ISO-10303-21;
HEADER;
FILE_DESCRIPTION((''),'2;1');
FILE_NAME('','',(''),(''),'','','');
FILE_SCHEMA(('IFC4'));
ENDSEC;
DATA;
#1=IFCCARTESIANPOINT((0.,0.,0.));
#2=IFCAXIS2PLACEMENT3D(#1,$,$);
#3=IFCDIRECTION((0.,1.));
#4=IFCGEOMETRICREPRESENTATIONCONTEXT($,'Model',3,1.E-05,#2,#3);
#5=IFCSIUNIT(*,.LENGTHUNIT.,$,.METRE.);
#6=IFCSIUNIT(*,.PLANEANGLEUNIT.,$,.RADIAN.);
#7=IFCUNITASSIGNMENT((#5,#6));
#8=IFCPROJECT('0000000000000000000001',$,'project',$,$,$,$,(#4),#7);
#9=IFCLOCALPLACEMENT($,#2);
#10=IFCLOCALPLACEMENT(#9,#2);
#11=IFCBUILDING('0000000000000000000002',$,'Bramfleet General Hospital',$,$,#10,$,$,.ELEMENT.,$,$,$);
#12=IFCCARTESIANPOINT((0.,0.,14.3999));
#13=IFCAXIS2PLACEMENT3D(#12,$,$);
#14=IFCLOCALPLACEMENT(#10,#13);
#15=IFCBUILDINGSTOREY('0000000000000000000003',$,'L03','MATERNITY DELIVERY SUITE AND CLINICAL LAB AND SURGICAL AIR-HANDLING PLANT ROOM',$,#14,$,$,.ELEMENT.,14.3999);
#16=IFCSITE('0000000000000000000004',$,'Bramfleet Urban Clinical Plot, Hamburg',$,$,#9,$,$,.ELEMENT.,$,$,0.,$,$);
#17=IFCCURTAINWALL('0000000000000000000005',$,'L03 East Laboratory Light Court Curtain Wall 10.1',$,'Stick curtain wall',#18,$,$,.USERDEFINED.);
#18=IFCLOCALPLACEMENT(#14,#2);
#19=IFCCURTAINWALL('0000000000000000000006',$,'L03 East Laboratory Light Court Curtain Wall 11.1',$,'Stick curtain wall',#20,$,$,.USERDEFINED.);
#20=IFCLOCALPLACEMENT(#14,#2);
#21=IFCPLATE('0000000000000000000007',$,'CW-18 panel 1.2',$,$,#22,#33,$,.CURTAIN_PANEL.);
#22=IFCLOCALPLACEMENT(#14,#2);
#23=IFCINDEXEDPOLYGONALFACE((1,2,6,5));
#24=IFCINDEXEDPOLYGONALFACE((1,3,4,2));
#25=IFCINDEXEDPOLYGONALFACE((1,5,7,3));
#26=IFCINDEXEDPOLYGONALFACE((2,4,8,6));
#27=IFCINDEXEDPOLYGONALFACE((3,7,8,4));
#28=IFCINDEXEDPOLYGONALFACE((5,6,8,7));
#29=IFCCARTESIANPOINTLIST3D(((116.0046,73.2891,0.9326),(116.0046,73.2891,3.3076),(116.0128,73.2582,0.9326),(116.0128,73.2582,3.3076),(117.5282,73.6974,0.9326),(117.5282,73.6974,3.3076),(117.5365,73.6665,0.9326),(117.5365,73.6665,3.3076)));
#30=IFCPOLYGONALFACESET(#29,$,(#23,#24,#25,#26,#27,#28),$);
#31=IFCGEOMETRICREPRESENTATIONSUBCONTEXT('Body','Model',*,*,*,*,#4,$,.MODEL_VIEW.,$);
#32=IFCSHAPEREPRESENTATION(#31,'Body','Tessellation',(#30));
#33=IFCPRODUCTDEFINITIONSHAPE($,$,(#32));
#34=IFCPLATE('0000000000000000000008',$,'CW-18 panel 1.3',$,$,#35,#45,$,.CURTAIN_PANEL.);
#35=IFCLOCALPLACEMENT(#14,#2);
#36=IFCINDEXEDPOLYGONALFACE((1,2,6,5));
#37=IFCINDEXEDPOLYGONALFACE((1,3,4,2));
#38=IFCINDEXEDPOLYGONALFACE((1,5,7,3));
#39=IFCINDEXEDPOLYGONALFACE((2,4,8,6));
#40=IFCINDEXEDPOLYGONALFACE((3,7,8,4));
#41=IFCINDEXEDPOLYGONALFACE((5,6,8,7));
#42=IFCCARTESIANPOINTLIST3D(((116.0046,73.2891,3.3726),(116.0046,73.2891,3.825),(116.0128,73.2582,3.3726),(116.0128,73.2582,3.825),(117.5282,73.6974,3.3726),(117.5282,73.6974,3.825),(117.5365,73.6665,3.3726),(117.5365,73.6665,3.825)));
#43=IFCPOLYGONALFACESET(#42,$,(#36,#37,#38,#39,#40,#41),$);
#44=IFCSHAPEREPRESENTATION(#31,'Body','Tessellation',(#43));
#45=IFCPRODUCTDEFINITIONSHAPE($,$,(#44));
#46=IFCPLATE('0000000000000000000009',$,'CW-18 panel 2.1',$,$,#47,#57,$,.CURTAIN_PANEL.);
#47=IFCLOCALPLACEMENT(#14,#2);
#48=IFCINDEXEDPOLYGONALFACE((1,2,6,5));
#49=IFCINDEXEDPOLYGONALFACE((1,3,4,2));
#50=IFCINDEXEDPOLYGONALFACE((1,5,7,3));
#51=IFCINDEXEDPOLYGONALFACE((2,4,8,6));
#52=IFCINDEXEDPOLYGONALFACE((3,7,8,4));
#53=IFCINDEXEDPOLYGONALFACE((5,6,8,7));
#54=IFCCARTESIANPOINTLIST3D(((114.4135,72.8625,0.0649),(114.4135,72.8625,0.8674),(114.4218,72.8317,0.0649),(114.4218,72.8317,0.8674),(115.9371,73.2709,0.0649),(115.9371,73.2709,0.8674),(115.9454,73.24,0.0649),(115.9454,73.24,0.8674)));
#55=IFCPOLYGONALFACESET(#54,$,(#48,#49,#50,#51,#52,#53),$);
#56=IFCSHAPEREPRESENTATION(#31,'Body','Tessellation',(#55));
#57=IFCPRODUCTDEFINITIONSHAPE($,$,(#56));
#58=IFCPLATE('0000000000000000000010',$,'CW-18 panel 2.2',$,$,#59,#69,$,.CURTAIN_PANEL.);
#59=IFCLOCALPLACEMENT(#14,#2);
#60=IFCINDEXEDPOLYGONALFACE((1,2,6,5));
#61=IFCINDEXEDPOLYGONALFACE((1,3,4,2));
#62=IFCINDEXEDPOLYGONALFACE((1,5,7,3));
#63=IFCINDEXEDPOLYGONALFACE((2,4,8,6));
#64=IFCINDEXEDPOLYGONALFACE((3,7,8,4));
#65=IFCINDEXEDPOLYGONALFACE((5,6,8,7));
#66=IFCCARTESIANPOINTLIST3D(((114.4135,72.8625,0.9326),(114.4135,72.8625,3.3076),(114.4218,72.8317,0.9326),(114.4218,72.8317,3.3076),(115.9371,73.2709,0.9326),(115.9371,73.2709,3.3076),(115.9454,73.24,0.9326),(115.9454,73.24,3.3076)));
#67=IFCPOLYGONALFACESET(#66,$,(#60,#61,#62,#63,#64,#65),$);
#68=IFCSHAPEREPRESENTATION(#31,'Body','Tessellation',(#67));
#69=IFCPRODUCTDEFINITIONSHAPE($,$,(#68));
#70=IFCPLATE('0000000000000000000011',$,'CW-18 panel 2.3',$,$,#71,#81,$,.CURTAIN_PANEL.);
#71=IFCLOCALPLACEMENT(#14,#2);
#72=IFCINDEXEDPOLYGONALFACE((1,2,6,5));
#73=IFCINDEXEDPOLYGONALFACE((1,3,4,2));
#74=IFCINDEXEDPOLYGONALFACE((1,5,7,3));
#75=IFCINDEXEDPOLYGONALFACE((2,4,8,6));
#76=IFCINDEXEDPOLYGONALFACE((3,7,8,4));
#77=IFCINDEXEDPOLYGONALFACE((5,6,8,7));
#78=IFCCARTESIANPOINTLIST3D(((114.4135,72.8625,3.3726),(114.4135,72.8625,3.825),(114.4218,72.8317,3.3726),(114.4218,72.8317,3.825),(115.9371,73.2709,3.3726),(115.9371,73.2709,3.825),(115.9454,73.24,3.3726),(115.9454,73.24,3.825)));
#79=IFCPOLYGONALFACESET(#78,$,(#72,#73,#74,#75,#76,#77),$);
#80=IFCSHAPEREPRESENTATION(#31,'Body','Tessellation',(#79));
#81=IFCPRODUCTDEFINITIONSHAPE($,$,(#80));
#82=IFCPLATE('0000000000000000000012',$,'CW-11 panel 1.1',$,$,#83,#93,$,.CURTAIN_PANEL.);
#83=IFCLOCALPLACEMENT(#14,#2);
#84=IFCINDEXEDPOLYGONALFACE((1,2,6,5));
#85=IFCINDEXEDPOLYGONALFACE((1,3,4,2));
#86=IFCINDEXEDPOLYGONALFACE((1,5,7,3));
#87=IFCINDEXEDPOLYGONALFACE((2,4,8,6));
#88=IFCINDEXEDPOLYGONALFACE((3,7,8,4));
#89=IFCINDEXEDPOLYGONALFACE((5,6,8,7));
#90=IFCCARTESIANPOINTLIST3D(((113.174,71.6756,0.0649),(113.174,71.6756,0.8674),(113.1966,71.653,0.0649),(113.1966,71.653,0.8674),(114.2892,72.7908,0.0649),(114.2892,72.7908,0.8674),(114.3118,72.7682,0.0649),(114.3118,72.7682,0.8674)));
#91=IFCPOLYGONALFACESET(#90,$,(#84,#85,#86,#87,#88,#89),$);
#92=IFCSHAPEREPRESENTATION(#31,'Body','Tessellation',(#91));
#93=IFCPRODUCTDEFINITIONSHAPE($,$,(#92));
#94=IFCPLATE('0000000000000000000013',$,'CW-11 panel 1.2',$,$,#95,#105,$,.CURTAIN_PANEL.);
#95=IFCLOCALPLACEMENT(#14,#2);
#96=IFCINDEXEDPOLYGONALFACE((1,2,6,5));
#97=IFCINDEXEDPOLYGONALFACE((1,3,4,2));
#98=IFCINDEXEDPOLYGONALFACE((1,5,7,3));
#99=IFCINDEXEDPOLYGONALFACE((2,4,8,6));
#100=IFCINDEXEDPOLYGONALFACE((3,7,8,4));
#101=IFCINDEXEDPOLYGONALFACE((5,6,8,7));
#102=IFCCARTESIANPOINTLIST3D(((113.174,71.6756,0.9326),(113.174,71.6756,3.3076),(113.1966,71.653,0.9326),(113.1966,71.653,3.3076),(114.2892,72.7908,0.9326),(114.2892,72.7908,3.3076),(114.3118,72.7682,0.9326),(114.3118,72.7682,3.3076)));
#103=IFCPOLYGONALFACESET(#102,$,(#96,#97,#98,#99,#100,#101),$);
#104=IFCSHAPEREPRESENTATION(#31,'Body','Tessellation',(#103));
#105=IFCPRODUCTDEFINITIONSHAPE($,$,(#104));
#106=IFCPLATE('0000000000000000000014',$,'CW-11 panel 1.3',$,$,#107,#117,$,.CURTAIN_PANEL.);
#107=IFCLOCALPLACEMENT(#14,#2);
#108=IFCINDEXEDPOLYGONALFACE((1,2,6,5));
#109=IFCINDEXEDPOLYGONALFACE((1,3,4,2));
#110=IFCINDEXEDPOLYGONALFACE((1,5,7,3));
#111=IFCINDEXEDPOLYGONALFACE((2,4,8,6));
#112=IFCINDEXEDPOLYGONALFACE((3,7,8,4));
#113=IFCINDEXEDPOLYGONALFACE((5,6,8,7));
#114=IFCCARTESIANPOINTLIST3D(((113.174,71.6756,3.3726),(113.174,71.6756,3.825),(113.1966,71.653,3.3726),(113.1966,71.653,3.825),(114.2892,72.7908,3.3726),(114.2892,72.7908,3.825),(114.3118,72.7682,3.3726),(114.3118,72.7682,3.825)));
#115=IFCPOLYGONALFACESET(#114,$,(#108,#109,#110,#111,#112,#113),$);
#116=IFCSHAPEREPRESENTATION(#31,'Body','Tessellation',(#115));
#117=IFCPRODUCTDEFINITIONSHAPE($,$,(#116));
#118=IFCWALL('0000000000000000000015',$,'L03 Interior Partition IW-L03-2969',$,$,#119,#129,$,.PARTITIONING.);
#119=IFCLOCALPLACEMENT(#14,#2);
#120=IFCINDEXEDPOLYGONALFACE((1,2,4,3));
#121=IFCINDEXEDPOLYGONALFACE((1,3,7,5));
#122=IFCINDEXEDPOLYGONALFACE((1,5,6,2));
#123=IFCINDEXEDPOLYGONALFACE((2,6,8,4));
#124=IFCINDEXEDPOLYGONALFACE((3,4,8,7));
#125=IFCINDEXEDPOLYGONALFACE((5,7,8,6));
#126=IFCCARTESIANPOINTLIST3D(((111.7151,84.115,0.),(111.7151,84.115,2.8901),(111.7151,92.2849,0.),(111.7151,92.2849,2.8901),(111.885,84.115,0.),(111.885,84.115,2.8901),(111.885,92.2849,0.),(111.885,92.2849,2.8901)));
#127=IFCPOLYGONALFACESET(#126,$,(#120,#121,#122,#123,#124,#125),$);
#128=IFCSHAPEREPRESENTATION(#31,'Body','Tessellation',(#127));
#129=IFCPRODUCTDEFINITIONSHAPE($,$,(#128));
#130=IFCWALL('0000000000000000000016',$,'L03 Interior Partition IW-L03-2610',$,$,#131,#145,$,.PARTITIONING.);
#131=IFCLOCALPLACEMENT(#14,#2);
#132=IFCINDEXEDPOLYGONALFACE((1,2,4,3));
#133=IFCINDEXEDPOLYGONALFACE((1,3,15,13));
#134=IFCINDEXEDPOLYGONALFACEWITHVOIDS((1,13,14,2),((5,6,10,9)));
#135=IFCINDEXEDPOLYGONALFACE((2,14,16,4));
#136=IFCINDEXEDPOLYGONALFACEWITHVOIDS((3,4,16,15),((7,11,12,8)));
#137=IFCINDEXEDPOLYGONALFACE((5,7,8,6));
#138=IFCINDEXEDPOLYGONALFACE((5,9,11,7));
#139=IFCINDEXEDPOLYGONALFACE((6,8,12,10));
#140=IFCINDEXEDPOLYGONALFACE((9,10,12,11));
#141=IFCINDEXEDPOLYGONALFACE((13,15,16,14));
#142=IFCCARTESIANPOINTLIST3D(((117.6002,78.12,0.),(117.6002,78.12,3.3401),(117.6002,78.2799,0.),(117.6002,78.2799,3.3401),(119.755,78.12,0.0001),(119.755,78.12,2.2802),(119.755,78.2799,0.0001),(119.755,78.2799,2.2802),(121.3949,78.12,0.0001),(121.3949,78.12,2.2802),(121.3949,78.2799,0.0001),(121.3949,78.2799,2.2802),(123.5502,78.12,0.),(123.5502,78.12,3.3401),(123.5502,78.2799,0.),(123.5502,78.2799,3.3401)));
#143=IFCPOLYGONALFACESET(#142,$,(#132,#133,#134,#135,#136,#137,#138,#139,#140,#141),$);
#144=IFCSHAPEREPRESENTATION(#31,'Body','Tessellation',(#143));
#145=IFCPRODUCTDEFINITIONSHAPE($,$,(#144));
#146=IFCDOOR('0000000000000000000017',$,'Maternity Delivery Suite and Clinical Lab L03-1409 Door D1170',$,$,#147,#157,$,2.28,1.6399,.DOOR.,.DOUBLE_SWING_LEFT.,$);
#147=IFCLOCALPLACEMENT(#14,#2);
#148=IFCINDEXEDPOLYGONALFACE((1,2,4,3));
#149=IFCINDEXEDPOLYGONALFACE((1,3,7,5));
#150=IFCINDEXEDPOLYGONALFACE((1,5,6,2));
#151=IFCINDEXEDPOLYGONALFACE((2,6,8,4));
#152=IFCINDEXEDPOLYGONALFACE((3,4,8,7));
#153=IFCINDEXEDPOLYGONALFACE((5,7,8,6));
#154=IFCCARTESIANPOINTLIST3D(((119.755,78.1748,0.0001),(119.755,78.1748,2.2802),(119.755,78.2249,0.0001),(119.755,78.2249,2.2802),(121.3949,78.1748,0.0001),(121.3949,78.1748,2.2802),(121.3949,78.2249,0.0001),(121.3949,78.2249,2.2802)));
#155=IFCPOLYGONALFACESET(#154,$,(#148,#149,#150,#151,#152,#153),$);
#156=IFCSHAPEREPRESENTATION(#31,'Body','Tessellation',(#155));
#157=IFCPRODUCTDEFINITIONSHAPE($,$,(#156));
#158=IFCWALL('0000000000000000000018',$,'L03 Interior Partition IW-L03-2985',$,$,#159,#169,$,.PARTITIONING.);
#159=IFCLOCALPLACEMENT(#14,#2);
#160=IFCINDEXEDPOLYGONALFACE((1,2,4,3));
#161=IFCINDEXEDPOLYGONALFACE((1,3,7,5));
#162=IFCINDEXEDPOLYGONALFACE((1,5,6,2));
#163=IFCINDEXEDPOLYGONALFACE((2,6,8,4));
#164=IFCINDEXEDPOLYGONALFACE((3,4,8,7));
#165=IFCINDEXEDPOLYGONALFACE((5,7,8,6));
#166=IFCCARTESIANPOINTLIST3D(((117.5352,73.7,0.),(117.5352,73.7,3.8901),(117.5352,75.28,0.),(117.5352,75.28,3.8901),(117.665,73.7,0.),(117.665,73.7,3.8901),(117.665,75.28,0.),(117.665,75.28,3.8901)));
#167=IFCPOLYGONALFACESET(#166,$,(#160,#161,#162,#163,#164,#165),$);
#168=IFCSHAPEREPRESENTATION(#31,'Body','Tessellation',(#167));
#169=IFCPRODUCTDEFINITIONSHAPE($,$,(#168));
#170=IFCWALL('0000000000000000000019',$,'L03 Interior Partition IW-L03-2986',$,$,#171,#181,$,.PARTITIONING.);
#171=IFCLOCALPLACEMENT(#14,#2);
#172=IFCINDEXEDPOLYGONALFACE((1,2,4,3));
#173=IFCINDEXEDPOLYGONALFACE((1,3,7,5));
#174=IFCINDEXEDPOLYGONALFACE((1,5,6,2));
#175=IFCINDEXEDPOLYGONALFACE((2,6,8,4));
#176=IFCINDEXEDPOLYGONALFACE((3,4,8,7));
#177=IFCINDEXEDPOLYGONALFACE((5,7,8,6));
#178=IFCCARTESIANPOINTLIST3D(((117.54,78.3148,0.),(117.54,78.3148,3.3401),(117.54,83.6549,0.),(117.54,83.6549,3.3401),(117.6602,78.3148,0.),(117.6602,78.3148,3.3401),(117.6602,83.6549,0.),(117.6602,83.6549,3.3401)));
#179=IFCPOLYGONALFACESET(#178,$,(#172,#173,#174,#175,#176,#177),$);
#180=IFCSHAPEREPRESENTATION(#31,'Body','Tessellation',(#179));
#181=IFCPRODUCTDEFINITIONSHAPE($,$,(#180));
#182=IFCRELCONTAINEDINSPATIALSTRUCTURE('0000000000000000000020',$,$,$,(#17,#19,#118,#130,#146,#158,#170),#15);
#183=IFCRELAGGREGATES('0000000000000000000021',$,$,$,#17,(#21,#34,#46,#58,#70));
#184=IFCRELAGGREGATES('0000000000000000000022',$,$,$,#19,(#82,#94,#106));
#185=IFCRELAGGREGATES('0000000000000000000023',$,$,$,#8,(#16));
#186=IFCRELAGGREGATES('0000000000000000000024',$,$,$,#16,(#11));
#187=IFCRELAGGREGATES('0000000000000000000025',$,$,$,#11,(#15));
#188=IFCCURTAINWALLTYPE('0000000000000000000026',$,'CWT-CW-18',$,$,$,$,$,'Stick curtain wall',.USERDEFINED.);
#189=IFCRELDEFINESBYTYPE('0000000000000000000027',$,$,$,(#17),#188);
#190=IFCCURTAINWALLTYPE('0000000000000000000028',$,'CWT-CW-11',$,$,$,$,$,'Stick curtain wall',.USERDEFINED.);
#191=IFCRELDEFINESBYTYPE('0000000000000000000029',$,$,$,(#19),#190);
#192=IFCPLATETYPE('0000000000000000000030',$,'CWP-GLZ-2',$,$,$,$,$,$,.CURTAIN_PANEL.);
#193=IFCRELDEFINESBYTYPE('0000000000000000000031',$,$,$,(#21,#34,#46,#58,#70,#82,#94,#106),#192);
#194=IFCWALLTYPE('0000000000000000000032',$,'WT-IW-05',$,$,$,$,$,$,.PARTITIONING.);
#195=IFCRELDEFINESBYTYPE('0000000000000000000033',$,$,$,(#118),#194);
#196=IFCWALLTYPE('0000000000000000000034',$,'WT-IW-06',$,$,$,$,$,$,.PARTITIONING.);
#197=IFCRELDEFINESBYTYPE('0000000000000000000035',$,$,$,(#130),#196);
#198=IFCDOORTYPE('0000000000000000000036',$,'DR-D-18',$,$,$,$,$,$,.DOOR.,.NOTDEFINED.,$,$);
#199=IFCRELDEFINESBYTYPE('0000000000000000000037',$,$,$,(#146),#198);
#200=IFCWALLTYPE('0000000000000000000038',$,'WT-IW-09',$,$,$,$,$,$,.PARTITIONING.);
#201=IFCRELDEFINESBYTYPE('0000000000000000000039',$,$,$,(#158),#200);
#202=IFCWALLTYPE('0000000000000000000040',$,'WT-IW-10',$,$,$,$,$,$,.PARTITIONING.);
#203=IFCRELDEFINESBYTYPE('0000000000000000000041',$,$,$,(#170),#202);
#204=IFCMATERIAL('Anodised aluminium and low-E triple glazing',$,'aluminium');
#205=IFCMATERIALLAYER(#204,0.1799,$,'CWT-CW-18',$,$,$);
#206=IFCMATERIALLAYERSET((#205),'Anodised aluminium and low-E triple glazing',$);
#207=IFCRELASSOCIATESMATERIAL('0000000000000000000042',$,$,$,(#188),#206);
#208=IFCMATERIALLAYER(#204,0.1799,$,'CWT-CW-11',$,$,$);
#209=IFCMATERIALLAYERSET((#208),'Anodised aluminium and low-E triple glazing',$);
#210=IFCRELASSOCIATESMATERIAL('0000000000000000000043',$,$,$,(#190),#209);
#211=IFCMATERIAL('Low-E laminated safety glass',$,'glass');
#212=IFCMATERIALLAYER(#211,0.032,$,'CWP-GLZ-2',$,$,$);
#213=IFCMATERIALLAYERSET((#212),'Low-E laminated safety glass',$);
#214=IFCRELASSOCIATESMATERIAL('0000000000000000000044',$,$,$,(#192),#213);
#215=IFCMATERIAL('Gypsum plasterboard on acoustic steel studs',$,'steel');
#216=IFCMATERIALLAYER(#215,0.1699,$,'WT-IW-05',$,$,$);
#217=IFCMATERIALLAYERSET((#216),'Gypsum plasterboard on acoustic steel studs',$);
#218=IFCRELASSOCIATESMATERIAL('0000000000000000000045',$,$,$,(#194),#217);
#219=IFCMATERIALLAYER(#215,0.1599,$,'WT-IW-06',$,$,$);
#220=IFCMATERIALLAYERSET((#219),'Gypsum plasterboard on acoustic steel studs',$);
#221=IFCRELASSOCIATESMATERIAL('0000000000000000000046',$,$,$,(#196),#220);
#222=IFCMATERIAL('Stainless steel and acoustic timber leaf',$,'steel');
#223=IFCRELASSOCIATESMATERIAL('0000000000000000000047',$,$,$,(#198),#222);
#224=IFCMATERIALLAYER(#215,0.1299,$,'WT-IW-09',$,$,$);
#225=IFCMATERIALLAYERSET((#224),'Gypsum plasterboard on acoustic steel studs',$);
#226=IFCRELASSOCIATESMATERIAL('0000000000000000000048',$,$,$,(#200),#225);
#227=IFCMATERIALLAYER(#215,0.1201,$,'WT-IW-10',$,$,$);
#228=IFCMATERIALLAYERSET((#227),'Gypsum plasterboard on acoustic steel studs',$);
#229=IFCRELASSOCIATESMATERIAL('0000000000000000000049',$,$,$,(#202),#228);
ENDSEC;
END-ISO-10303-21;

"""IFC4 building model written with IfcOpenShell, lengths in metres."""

from ifc_helpers import new_model, si_unit, direction, frame, frame_2d, origin, origin_2d, place, context, subcontext, project, spatial, rectangle, extrude, material, layer, layer_set, type_object, element, fill, aggregate, save


model = new_model("IFC4")

# Units and contexts
model_context = context("Model", 3, precision=1e-05, world=origin(), true_north=direction((0.0, 1.0)))
body_context = subcontext(model_context, "Body", "Model", "MODEL_VIEW")
ifc_project = project(units=[si_unit("LENGTHUNIT", "METRE"), si_unit("PLANEANGLEUNIT", "RADIAN")], contexts=[model_context])

# Site, building, storey
site_placement = place(None, origin())
site = spatial("IfcSite", under=ifc_project, at=site_placement, Name="Bramfleet Urban Clinical Plot, Hamburg", CompositionType="ELEMENT", RefElevation=0.0)
building_placement = place(site_placement, origin())
building = spatial("IfcBuilding", under=site, at=building_placement, Name="Bramfleet General Hospital", CompositionType="ELEMENT")
storey_placement = place(building_placement, frame((0.0, 0.0, 14.3999)))
storey = spatial("IfcBuildingStorey", under=building, at=storey_placement, Name="L03", Description="MATERNITY DELIVERY SUITE AND CLINICAL LAB AND SURGICAL AIR-HANDLING PLANT ROOM", CompositionType="ELEMENT", Elevation=14.3999)

# Curtain walls
ifc_material_1 = material(Name="Anodised aluminium and low-E triple glazing", Category="aluminium")
ifc_layer_1 = layer(ifc_material_1, 0.1799, Name="CWT-CW-18")
ifc_layer_set_1 = layer_set([ifc_layer_1], Name="Anodised aluminium and low-E triple glazing")
curtain_wall_type_1 = type_object("IfcCurtainWallType", Name="CWT-CW-18", ElementType="Stick curtain wall", PredefinedType="USERDEFINED", material=ifc_layer_set_1)
curtain_wall_1_placement = place(storey_placement, origin())
curtain_wall_1 = element("IfcCurtainWall", 1, at=curtain_wall_1_placement, inside=storey, type_object=curtain_wall_type_1, Name="L03 East Laboratory Light Court Curtain Wall 10.1", ObjectType="Stick curtain wall", PredefinedType="USERDEFINED")
ifc_layer_2 = layer(ifc_material_1, 0.1799, Name="CWT-CW-11")
ifc_layer_set_2 = layer_set([ifc_layer_2], Name="Anodised aluminium and low-E triple glazing")
curtain_wall_type_2 = type_object("IfcCurtainWallType", Name="CWT-CW-11", ElementType="Stick curtain wall", PredefinedType="USERDEFINED", material=ifc_layer_set_2)
curtain_wall_2_placement = place(storey_placement, origin())
curtain_wall_2 = element("IfcCurtainWall", 2, at=curtain_wall_2_placement, inside=storey, type_object=curtain_wall_type_2, Name="L03 East Laboratory Light Court Curtain Wall 11.1", ObjectType="Stick curtain wall", PredefinedType="USERDEFINED")

# Plates
ifc_material_2 = material(Name="Low-E laminated safety glass", Category="glass")
ifc_layer_3 = layer(ifc_material_2, 0.032, Name="CWP-GLZ-2")
ifc_layer_set_3 = layer_set([ifc_layer_3], Name="Low-E laminated safety glass")
plate_type = type_object("IfcPlateType", Name="CWP-GLZ-2", PredefinedType="CURTAIN_PANEL", material=ifc_layer_set_3)
plate_1_placement = place(storey_placement, frame((116.7705, 73.4778, 0.9326), z_axis=(0.0, 0.0, 1.0), x_axis=(-0.965914, -0.258865, 0.0)))
plate_1 = element("IfcPlate", 3, at=plate_1_placement, type_object=plate_type, Name="CW-18 panel 1.2", PredefinedType="CURTAIN_PANEL", context=body_context, shape_type="SweptSolid", body=[
    extrude(rectangle(XDim=1.5774, YDim=0.032, at=origin_2d()), origin(), (0.0, 0.0, 1.0), 2.375),
])
plate_2_placement = place(storey_placement, frame((116.7705, 73.4778, 3.3726), z_axis=(0.0, 0.0, 1.0), x_axis=(-0.965914, -0.258865, 0.0)))
plate_2 = element("IfcPlate", 4, at=plate_2_placement, type_object=plate_type, Name="CW-18 panel 1.3", PredefinedType="CURTAIN_PANEL", context=body_context, shape_type="SweptSolid", body=[
    extrude(rectangle(XDim=1.5774, YDim=0.032, at=origin_2d()), origin(), (0.0, 0.0, 1.0), 0.4524),
])
plate_3_placement = place(storey_placement, frame((115.1794, 73.0513, 0.0649), z_axis=(0.0, 0.0, 1.0), x_axis=(-0.965914, -0.258865, 0.0)))
plate_3 = element("IfcPlate", 5, at=plate_3_placement, type_object=plate_type, Name="CW-18 panel 2.1", PredefinedType="CURTAIN_PANEL", context=body_context, shape_type="SweptSolid", body=[
    extrude(rectangle(XDim=1.5774, YDim=0.032, at=origin_2d()), origin(), (0.0, 0.0, 1.0), 0.8025),
])
plate_4_placement = place(storey_placement, frame((115.1794, 73.0513, 0.9326), z_axis=(0.0, 0.0, 1.0), x_axis=(-0.965914, -0.258865, 0.0)))
plate_4 = element("IfcPlate", 6, at=plate_4_placement, type_object=plate_type, Name="CW-18 panel 2.2", PredefinedType="CURTAIN_PANEL", context=body_context, shape_type="SweptSolid", body=[
    extrude(rectangle(XDim=1.5774, YDim=0.032, at=origin_2d()), origin(), (0.0, 0.0, 1.0), 2.375),
])
plate_5_placement = place(storey_placement, frame((115.1794, 73.0513, 3.3726), z_axis=(0.0, 0.0, 1.0), x_axis=(-0.965914, -0.258865, 0.0)))
plate_5 = element("IfcPlate", 7, at=plate_5_placement, type_object=plate_type, Name="CW-18 panel 2.3", PredefinedType="CURTAIN_PANEL", context=body_context, shape_type="SweptSolid", body=[
    extrude(rectangle(XDim=1.5774, YDim=0.032, at=origin_2d()), origin(), (0.0, 0.0, 1.0), 0.4524),
])
aggregate(curtain_wall_1, [plate_1, plate_2, plate_3, plate_4, plate_5])
plate_6_placement = place(storey_placement, frame((113.7429, 72.2219, 0.0649), z_axis=(0.0, 0.0, 1.0), x_axis=(-0.707107, -0.707107, 0.0)))
plate_6 = element("IfcPlate", 8, at=plate_6_placement, type_object=plate_type, Name="CW-11 panel 1.1", PredefinedType="CURTAIN_PANEL", context=body_context, shape_type="SweptSolid", body=[
    extrude(rectangle(XDim=1.5771, YDim=0.032, at=origin_2d()), origin(), (0.0, 0.0, 1.0), 0.8025),
])
plate_7_placement = place(storey_placement, frame((113.7429, 72.2219, 0.9326), z_axis=(0.0, 0.0, 1.0), x_axis=(-0.707107, -0.707107, 0.0)))
plate_7 = element("IfcPlate", 9, at=plate_7_placement, type_object=plate_type, Name="CW-11 panel 1.2", PredefinedType="CURTAIN_PANEL", context=body_context, shape_type="SweptSolid", body=[
    extrude(rectangle(XDim=1.5771, YDim=0.032, at=origin_2d()), origin(), (0.0, 0.0, 1.0), 2.375),
])
plate_8_placement = place(storey_placement, frame((113.7429, 72.2219, 3.3726), z_axis=(0.0, 0.0, 1.0), x_axis=(-0.707107, -0.707107, 0.0)))
plate_8 = element("IfcPlate", 10, at=plate_8_placement, type_object=plate_type, Name="CW-11 panel 1.3", PredefinedType="CURTAIN_PANEL", context=body_context, shape_type="SweptSolid", body=[
    extrude(rectangle(XDim=1.5771, YDim=0.032, at=origin_2d()), origin(), (0.0, 0.0, 1.0), 0.4524),
])
aggregate(curtain_wall_2, [plate_6, plate_7, plate_8])

# Wall
ifc_material_3 = material(Name="Gypsum plasterboard on acoustic steel studs", Category="steel")
ifc_layer_4 = layer(ifc_material_3, 0.1699, Name="WT-IW-05")
ifc_layer_set_4 = layer_set([ifc_layer_4], Name="Gypsum plasterboard on acoustic steel studs")
wall_type_1 = type_object("IfcWallType", Name="WT-IW-05", PredefinedType="PARTITIONING", material=ifc_layer_set_4)
wall_1_placement = place(storey_placement, frame((111.8, 84.115, 0.0), z_axis=(0.0, 0.0, 1.0), x_axis=(0.0, 1.0, 0.0)))
element("IfcWall", 11, at=wall_1_placement, inside=storey, type_object=wall_type_1, Name="L03 Interior Partition IW-L03-2969", PredefinedType="PARTITIONING", context=body_context, shape_type="SweptSolid", body=[
    extrude(rectangle(XDim=8.1699, YDim=0.1699, at=frame_2d((4.085, 0.0))), origin(), (0.0, 0.0, 1.0), 2.8901),
])

# Wall, opening, door
ifc_layer_5 = layer(ifc_material_3, 0.1599, Name="WT-IW-06")
ifc_layer_set_5 = layer_set([ifc_layer_5], Name="Gypsum plasterboard on acoustic steel studs")
wall_type_2 = type_object("IfcWallType", Name="WT-IW-06", PredefinedType="PARTITIONING", material=ifc_layer_set_5)
wall_2_placement = place(storey_placement, frame((117.6001, 78.2, 0.0), z_axis=(0.0, 0.0, 1.0), x_axis=(1.0, 0.0, 0.0)))
wall_2 = element("IfcWall", 12, at=wall_2_placement, inside=storey, type_object=wall_type_2, Name="L03 Interior Partition IW-L03-2610", PredefinedType="PARTITIONING", context=body_context, shape_type="SweptSolid", body=[
    extrude(rectangle(XDim=5.95, YDim=0.1599, at=frame_2d((2.9751, 0.0))), origin(), (0.0, 0.0, 1.0), 3.3401),
])
opening_placement = place(wall_2_placement, frame((2.155, 0.0, 0.0)))
opening = element("IfcOpeningElement", 13, at=opening_placement, cuts=wall_2, PredefinedType="OPENING", context=body_context, shape_type="SweptSolid", body=[
    extrude(rectangle(XDim=1.6399, YDim=2.28, at=frame_2d((0.8198, 1.1401))), frame((0.0, 0.0898, 0.0), z_axis=(0.0, -1.0, 0.0), x_axis=(1.0, 0.0, 0.0)), (0.0, 0.0, 1.0), 0.1799),
])
ifc_material_4 = material(Name="Stainless steel and acoustic timber leaf", Category="steel")
door_type = type_object("IfcDoorType", Name="DR-D-18", OperationType="NOTDEFINED", PredefinedType="DOOR", material=ifc_material_4)
door_placement = place(opening_placement, origin())
door = element("IfcDoor", 14, at=door_placement, inside=storey, type_object=door_type, Name="Maternity Delivery Suite and Clinical Lab L03-1409 Door D1170", OperationType="DOUBLE_SWING_LEFT", OverallHeight=2.28, OverallWidth=1.6399, PredefinedType="DOOR", context=body_context, shape_type="SweptSolid", body=[
    extrude(rectangle(XDim=1.6399, YDim=2.28, at=frame_2d((0.8198, 1.1401))), frame((0.0, 0.0249, 0.0), z_axis=(0.0, -1.0, 0.0), x_axis=(1.0, 0.0, 0.0)), (0.0, 0.0, 1.0), 0.05),
])
fill(opening, door)

# Walls
ifc_layer_6 = layer(ifc_material_3, 0.1299, Name="WT-IW-09")
ifc_layer_set_6 = layer_set([ifc_layer_6], Name="Gypsum plasterboard on acoustic steel studs")
wall_type_3 = type_object("IfcWallType", Name="WT-IW-09", PredefinedType="PARTITIONING", material=ifc_layer_set_6)
wall_3_placement = place(storey_placement, frame((117.6001, 73.7, 0.0), z_axis=(0.0, 0.0, 1.0), x_axis=(0.0, 1.0, 0.0)))
element("IfcWall", 15, at=wall_3_placement, inside=storey, type_object=wall_type_3, Name="L03 Interior Partition IW-L03-2985", PredefinedType="PARTITIONING", context=body_context, shape_type="SweptSolid", body=[
    extrude(rectangle(XDim=1.5801, YDim=0.1299, at=frame_2d((0.79, 0.0))), origin(), (0.0, 0.0, 1.0), 3.8901),
])
ifc_layer_7 = layer(ifc_material_3, 0.1201, Name="WT-IW-10")
ifc_layer_set_7 = layer_set([ifc_layer_7], Name="Gypsum plasterboard on acoustic steel studs")
wall_type_4 = type_object("IfcWallType", Name="WT-IW-10", PredefinedType="PARTITIONING", material=ifc_layer_set_7)
wall_4_placement = place(storey_placement, frame((117.6001, 78.3149, 0.0), z_axis=(0.0, 0.0, 1.0), x_axis=(0.0, 1.0, 0.0)))
element("IfcWall", 16, at=wall_4_placement, inside=storey, type_object=wall_type_4, Name="L03 Interior Partition IW-L03-2986", PredefinedType="PARTITIONING", context=body_context, shape_type="SweptSolid", body=[
    extrude(rectangle(XDim=5.3401, YDim=0.1201, at=frame_2d((2.6699, 0.0))), origin(), (0.0, 0.0, 1.0), 3.3401),
])

save(model, "model.ifc")
